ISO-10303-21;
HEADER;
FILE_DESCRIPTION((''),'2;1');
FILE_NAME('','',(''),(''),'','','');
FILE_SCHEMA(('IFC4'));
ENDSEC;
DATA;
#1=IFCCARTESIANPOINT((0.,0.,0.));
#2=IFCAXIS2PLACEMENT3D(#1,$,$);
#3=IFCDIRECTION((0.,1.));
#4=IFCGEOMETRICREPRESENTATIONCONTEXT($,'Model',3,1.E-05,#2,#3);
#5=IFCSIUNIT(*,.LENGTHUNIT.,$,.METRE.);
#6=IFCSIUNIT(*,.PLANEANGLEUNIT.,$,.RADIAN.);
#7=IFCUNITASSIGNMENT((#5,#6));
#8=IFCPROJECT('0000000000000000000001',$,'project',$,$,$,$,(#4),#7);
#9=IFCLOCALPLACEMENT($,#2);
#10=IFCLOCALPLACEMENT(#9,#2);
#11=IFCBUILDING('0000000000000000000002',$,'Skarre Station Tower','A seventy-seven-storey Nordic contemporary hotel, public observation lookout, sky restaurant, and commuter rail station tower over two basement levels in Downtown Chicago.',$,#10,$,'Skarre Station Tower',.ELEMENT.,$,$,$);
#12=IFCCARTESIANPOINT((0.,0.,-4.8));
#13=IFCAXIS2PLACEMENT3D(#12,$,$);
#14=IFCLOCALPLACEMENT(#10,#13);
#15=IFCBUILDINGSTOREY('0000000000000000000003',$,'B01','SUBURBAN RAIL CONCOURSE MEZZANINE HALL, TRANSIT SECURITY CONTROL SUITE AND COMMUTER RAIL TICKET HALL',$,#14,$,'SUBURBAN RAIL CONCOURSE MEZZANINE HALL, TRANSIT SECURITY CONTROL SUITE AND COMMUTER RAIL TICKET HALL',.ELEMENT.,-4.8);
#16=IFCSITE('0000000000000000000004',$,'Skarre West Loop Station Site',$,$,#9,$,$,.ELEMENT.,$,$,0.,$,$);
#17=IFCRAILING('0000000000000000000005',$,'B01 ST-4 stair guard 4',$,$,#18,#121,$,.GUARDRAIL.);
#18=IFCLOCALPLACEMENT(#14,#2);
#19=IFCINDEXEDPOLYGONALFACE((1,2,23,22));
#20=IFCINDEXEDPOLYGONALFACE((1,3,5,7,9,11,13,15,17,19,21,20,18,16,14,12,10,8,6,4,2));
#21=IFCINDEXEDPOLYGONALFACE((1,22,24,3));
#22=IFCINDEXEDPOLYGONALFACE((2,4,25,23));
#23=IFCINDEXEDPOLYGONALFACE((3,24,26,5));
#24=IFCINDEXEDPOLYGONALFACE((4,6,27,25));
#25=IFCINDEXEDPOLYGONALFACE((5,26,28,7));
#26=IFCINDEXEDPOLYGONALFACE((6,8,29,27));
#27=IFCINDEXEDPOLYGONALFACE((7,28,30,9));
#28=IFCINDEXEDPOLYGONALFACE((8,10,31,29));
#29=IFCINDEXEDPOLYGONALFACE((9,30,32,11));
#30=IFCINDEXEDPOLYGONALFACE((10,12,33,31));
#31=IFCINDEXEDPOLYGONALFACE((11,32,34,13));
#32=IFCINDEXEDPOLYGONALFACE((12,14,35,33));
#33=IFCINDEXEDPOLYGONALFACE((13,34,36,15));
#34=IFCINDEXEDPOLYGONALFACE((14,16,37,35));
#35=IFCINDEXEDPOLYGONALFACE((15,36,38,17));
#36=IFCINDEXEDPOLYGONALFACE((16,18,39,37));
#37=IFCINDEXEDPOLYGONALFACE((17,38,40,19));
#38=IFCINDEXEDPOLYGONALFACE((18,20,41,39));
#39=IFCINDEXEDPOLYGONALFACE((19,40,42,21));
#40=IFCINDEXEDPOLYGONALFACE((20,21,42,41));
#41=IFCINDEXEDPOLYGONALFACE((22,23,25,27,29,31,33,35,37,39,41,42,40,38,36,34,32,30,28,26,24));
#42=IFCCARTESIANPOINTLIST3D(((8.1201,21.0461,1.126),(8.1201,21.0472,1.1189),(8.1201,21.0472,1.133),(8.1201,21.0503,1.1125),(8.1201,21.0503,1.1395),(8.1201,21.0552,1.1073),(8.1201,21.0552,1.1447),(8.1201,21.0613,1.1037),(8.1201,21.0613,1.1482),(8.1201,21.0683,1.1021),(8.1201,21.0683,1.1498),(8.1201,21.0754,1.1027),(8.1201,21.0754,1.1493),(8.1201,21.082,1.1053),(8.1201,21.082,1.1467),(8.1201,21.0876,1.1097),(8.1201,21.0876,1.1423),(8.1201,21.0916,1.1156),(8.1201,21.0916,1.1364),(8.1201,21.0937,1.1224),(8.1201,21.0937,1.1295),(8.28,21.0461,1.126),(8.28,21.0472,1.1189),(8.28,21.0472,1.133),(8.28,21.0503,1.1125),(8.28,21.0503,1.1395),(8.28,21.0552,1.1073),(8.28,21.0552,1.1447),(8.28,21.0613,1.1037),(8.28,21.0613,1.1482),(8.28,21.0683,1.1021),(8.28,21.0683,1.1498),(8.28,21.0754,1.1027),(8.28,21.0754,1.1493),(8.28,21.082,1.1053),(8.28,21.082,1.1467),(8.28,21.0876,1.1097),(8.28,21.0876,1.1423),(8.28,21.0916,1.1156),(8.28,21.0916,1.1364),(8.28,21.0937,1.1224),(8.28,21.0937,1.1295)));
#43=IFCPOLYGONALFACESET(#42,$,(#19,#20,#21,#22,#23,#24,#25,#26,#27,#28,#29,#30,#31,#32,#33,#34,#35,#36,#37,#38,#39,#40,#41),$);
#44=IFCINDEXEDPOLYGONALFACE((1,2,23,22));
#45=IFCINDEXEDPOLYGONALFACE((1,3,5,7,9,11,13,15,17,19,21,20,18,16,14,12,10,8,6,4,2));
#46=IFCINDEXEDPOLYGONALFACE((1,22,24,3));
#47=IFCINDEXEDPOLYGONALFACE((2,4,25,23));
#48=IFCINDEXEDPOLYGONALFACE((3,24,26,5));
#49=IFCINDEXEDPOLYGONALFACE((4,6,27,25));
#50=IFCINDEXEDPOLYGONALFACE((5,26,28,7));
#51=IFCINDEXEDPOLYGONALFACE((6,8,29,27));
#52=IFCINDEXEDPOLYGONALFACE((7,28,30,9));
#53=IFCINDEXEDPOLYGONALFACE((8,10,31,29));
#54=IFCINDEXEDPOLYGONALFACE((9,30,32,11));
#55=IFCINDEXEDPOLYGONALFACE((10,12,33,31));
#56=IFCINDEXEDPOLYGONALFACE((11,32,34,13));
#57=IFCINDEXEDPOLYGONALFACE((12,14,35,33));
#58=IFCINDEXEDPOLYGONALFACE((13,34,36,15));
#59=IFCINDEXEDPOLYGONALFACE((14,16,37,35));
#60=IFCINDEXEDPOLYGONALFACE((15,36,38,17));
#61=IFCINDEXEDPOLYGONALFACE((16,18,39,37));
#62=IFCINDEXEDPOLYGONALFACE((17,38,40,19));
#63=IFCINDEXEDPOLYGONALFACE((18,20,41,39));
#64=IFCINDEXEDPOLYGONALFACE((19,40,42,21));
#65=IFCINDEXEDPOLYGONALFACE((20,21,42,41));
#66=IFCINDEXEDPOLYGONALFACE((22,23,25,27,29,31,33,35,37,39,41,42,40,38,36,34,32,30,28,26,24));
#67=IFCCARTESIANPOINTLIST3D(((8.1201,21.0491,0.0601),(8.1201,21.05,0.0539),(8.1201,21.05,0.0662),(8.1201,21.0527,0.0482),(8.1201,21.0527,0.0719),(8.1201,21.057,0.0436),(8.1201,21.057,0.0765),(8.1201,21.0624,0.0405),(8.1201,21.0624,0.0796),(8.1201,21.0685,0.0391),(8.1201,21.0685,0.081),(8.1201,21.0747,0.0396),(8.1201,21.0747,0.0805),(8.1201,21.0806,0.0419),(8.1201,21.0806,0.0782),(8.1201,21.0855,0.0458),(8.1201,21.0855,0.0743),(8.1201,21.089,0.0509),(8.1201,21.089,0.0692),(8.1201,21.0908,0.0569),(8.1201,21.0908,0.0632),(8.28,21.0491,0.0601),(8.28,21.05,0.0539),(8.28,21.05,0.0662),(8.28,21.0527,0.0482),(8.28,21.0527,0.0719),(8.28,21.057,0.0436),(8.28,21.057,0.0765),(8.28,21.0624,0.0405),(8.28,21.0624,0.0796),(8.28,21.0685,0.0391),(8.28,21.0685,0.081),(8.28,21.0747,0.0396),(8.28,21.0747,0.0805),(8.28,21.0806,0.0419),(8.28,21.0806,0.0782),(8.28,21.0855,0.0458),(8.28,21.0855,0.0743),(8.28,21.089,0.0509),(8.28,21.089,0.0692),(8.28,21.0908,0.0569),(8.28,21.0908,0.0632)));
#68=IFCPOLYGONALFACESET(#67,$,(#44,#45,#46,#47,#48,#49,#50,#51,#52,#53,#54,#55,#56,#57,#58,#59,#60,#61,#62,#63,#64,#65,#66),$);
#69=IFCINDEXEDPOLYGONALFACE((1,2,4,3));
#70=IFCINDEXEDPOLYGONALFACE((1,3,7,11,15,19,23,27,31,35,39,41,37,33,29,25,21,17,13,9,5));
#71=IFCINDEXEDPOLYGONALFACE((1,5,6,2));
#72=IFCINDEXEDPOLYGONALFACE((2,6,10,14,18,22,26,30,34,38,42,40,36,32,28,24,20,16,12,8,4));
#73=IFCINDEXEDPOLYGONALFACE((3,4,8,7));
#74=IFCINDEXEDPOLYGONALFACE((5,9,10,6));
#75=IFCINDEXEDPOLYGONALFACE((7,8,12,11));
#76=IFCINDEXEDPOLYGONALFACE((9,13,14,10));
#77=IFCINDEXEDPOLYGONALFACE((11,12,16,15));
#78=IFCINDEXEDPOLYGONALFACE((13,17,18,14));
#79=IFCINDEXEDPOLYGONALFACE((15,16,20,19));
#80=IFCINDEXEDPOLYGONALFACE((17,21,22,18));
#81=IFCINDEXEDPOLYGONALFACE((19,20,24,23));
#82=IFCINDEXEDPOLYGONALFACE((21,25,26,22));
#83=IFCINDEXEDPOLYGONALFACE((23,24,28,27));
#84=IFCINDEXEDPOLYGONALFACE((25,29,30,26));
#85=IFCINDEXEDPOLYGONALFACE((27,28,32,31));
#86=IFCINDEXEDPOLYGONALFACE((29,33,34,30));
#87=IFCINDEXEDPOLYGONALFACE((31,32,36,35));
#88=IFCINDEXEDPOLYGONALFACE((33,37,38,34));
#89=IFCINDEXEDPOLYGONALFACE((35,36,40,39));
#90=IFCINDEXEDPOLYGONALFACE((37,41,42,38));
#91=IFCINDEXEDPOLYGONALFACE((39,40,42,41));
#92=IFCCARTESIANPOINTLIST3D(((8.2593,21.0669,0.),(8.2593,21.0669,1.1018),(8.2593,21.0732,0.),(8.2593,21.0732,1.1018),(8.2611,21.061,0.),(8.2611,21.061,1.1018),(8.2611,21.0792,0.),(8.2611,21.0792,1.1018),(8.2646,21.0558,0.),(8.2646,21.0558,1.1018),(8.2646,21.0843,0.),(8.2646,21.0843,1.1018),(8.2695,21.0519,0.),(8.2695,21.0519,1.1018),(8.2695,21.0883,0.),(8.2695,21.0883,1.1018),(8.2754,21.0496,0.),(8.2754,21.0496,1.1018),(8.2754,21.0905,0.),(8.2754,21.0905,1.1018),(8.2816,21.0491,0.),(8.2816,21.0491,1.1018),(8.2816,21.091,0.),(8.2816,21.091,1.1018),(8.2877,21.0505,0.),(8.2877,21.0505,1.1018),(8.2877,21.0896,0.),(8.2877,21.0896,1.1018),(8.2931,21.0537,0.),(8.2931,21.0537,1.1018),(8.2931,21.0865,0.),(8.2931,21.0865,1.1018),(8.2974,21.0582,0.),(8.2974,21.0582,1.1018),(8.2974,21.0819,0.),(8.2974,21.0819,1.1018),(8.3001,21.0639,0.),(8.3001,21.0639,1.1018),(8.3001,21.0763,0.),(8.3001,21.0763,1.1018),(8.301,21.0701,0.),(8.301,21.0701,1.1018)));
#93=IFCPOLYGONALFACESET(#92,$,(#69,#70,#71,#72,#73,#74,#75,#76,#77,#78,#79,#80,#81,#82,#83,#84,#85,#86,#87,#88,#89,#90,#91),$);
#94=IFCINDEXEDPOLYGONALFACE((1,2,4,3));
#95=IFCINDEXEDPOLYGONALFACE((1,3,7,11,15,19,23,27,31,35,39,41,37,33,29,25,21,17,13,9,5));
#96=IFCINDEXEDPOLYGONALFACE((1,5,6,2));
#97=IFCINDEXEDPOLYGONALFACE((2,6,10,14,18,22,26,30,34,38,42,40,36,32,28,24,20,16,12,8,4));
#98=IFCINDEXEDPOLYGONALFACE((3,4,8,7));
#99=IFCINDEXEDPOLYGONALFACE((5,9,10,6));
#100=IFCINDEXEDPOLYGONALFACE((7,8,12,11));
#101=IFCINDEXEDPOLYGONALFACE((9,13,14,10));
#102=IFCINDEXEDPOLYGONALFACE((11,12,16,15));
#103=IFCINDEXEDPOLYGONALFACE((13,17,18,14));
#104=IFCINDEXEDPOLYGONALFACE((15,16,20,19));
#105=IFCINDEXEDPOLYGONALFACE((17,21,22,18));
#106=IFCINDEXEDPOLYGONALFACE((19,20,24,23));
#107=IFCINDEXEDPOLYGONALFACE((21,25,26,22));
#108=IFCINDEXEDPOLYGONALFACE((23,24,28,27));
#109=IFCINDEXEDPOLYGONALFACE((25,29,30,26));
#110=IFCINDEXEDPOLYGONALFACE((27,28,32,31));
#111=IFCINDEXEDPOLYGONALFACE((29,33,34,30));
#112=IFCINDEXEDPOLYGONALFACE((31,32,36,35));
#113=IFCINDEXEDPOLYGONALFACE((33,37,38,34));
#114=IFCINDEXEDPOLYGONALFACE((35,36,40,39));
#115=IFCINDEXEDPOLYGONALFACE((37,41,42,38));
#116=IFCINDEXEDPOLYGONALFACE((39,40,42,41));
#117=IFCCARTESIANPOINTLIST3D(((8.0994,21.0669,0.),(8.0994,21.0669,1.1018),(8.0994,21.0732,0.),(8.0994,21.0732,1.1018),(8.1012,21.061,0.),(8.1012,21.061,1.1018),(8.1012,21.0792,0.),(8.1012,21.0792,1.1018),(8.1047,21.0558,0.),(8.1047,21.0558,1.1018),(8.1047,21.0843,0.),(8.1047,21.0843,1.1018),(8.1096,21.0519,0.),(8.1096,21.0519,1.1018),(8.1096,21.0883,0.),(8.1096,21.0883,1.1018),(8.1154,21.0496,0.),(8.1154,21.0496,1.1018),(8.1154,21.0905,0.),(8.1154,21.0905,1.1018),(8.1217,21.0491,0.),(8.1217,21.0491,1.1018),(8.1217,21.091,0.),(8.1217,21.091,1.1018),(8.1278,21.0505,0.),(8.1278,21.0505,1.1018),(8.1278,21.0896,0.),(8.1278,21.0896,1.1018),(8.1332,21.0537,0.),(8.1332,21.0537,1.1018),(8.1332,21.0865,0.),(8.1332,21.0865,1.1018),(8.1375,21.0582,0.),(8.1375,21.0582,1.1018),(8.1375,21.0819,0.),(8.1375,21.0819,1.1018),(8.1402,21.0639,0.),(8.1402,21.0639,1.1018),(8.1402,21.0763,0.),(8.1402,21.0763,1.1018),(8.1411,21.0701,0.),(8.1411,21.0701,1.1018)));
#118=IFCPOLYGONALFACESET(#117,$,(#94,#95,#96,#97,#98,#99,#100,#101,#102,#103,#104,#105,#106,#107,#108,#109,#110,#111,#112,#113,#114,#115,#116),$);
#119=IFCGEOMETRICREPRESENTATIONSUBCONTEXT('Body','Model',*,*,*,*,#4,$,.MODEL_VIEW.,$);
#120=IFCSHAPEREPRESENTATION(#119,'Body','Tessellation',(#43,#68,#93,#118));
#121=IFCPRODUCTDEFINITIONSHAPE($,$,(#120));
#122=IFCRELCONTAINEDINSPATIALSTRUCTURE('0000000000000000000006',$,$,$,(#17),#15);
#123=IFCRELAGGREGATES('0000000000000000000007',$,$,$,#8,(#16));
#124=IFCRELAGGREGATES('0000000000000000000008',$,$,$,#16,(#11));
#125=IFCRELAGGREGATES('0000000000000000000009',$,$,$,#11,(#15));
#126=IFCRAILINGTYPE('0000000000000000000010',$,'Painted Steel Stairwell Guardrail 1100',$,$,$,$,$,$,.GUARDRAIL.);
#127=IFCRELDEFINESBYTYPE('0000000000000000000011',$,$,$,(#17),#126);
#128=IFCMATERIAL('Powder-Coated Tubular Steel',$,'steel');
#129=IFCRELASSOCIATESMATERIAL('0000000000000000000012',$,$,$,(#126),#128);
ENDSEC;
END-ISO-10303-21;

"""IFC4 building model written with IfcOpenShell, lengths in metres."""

from ifc_helpers import new_model, si_unit, direction, frame, origin, origin_2d, place, context, subcontext, project, spatial, circle, extrude, material, type_object, element, save


model = new_model("IFC4")

# Units and contexts
model_context = context("Model", 3, precision=1e-05, world=origin(), true_north=direction((0.0, 1.0)))
body_context = subcontext(model_context, "Body", "Model", "MODEL_VIEW")
ifc_project = project(units=[si_unit("LENGTHUNIT", "METRE"), si_unit("PLANEANGLEUNIT", "RADIAN")], contexts=[model_context])

# Site, building, storey
site_placement = place(None, origin())
site = spatial("IfcSite", under=ifc_project, at=site_placement, Name="Skarre West Loop Station Site", CompositionType="ELEMENT", RefElevation=0.0)
building_placement = place(site_placement, origin())
building = spatial("IfcBuilding", under=site, at=building_placement, Name="Skarre Station Tower", Description="A seventy-seven-storey Nordic contemporary hotel, public observation lookout, sky restaurant, and commuter rail station tower over two basement levels in Downtown Chicago.", LongName="Skarre Station Tower", CompositionType="ELEMENT")
storey_placement = place(building_placement, frame((0.0, 0.0, -4.8)))
storey = spatial("IfcBuildingStorey", under=building, at=storey_placement, Name="B01", Description="SUBURBAN RAIL CONCOURSE MEZZANINE HALL, TRANSIT SECURITY CONTROL SUITE AND COMMUTER RAIL TICKET HALL", LongName="SUBURBAN RAIL CONCOURSE MEZZANINE HALL, TRANSIT SECURITY CONTROL SUITE AND COMMUTER RAIL TICKET HALL", CompositionType="ELEMENT", Elevation=-4.8)

# Railing
ifc_material_1 = material(Name="Powder-Coated Tubular Steel", Category="steel")
railing_type = type_object("IfcRailingType", Name="Painted Steel Stairwell Guardrail 1100", PredefinedType="GUARDRAIL", material=ifc_material_1)
railing_1_placement = place(storey_placement, frame((8.28, 21.0701, 0.0)))
element("IfcRailing", 1, at=railing_1_placement, inside=storey, type_object=railing_type, Name="B01 ST-4 stair guard 4", PredefinedType="GUARDRAIL", context=body_context, shape_type="SweptSolid", body=[
    extrude(circle(Radius=0.0239, at=origin_2d()), frame((0.0, 0.0, 1.126), z_axis=(-1.0, 0.0, 0.0), x_axis=(0.0, -1.0, 0.0)), (0.0, 0.0, 1.0), 0.1599),
    extrude(circle(Radius=0.021, at=origin_2d()), frame((0.0, 0.0, 0.0601), z_axis=(-1.0, 0.0, 0.0), x_axis=(0.0, -1.0, 0.0)), (0.0, 0.0, 1.0), 0.1599),
    extrude(circle(Radius=0.021, at=origin_2d()), origin(), (0.0, 0.0, 1.0), 1.1018),
    extrude(circle(Radius=0.021, at=origin_2d()), frame((-0.1599, 0.0, 0.0)), (0.0, 0.0, 1.0), 1.1018),
])

save(model, "model.ifc")
